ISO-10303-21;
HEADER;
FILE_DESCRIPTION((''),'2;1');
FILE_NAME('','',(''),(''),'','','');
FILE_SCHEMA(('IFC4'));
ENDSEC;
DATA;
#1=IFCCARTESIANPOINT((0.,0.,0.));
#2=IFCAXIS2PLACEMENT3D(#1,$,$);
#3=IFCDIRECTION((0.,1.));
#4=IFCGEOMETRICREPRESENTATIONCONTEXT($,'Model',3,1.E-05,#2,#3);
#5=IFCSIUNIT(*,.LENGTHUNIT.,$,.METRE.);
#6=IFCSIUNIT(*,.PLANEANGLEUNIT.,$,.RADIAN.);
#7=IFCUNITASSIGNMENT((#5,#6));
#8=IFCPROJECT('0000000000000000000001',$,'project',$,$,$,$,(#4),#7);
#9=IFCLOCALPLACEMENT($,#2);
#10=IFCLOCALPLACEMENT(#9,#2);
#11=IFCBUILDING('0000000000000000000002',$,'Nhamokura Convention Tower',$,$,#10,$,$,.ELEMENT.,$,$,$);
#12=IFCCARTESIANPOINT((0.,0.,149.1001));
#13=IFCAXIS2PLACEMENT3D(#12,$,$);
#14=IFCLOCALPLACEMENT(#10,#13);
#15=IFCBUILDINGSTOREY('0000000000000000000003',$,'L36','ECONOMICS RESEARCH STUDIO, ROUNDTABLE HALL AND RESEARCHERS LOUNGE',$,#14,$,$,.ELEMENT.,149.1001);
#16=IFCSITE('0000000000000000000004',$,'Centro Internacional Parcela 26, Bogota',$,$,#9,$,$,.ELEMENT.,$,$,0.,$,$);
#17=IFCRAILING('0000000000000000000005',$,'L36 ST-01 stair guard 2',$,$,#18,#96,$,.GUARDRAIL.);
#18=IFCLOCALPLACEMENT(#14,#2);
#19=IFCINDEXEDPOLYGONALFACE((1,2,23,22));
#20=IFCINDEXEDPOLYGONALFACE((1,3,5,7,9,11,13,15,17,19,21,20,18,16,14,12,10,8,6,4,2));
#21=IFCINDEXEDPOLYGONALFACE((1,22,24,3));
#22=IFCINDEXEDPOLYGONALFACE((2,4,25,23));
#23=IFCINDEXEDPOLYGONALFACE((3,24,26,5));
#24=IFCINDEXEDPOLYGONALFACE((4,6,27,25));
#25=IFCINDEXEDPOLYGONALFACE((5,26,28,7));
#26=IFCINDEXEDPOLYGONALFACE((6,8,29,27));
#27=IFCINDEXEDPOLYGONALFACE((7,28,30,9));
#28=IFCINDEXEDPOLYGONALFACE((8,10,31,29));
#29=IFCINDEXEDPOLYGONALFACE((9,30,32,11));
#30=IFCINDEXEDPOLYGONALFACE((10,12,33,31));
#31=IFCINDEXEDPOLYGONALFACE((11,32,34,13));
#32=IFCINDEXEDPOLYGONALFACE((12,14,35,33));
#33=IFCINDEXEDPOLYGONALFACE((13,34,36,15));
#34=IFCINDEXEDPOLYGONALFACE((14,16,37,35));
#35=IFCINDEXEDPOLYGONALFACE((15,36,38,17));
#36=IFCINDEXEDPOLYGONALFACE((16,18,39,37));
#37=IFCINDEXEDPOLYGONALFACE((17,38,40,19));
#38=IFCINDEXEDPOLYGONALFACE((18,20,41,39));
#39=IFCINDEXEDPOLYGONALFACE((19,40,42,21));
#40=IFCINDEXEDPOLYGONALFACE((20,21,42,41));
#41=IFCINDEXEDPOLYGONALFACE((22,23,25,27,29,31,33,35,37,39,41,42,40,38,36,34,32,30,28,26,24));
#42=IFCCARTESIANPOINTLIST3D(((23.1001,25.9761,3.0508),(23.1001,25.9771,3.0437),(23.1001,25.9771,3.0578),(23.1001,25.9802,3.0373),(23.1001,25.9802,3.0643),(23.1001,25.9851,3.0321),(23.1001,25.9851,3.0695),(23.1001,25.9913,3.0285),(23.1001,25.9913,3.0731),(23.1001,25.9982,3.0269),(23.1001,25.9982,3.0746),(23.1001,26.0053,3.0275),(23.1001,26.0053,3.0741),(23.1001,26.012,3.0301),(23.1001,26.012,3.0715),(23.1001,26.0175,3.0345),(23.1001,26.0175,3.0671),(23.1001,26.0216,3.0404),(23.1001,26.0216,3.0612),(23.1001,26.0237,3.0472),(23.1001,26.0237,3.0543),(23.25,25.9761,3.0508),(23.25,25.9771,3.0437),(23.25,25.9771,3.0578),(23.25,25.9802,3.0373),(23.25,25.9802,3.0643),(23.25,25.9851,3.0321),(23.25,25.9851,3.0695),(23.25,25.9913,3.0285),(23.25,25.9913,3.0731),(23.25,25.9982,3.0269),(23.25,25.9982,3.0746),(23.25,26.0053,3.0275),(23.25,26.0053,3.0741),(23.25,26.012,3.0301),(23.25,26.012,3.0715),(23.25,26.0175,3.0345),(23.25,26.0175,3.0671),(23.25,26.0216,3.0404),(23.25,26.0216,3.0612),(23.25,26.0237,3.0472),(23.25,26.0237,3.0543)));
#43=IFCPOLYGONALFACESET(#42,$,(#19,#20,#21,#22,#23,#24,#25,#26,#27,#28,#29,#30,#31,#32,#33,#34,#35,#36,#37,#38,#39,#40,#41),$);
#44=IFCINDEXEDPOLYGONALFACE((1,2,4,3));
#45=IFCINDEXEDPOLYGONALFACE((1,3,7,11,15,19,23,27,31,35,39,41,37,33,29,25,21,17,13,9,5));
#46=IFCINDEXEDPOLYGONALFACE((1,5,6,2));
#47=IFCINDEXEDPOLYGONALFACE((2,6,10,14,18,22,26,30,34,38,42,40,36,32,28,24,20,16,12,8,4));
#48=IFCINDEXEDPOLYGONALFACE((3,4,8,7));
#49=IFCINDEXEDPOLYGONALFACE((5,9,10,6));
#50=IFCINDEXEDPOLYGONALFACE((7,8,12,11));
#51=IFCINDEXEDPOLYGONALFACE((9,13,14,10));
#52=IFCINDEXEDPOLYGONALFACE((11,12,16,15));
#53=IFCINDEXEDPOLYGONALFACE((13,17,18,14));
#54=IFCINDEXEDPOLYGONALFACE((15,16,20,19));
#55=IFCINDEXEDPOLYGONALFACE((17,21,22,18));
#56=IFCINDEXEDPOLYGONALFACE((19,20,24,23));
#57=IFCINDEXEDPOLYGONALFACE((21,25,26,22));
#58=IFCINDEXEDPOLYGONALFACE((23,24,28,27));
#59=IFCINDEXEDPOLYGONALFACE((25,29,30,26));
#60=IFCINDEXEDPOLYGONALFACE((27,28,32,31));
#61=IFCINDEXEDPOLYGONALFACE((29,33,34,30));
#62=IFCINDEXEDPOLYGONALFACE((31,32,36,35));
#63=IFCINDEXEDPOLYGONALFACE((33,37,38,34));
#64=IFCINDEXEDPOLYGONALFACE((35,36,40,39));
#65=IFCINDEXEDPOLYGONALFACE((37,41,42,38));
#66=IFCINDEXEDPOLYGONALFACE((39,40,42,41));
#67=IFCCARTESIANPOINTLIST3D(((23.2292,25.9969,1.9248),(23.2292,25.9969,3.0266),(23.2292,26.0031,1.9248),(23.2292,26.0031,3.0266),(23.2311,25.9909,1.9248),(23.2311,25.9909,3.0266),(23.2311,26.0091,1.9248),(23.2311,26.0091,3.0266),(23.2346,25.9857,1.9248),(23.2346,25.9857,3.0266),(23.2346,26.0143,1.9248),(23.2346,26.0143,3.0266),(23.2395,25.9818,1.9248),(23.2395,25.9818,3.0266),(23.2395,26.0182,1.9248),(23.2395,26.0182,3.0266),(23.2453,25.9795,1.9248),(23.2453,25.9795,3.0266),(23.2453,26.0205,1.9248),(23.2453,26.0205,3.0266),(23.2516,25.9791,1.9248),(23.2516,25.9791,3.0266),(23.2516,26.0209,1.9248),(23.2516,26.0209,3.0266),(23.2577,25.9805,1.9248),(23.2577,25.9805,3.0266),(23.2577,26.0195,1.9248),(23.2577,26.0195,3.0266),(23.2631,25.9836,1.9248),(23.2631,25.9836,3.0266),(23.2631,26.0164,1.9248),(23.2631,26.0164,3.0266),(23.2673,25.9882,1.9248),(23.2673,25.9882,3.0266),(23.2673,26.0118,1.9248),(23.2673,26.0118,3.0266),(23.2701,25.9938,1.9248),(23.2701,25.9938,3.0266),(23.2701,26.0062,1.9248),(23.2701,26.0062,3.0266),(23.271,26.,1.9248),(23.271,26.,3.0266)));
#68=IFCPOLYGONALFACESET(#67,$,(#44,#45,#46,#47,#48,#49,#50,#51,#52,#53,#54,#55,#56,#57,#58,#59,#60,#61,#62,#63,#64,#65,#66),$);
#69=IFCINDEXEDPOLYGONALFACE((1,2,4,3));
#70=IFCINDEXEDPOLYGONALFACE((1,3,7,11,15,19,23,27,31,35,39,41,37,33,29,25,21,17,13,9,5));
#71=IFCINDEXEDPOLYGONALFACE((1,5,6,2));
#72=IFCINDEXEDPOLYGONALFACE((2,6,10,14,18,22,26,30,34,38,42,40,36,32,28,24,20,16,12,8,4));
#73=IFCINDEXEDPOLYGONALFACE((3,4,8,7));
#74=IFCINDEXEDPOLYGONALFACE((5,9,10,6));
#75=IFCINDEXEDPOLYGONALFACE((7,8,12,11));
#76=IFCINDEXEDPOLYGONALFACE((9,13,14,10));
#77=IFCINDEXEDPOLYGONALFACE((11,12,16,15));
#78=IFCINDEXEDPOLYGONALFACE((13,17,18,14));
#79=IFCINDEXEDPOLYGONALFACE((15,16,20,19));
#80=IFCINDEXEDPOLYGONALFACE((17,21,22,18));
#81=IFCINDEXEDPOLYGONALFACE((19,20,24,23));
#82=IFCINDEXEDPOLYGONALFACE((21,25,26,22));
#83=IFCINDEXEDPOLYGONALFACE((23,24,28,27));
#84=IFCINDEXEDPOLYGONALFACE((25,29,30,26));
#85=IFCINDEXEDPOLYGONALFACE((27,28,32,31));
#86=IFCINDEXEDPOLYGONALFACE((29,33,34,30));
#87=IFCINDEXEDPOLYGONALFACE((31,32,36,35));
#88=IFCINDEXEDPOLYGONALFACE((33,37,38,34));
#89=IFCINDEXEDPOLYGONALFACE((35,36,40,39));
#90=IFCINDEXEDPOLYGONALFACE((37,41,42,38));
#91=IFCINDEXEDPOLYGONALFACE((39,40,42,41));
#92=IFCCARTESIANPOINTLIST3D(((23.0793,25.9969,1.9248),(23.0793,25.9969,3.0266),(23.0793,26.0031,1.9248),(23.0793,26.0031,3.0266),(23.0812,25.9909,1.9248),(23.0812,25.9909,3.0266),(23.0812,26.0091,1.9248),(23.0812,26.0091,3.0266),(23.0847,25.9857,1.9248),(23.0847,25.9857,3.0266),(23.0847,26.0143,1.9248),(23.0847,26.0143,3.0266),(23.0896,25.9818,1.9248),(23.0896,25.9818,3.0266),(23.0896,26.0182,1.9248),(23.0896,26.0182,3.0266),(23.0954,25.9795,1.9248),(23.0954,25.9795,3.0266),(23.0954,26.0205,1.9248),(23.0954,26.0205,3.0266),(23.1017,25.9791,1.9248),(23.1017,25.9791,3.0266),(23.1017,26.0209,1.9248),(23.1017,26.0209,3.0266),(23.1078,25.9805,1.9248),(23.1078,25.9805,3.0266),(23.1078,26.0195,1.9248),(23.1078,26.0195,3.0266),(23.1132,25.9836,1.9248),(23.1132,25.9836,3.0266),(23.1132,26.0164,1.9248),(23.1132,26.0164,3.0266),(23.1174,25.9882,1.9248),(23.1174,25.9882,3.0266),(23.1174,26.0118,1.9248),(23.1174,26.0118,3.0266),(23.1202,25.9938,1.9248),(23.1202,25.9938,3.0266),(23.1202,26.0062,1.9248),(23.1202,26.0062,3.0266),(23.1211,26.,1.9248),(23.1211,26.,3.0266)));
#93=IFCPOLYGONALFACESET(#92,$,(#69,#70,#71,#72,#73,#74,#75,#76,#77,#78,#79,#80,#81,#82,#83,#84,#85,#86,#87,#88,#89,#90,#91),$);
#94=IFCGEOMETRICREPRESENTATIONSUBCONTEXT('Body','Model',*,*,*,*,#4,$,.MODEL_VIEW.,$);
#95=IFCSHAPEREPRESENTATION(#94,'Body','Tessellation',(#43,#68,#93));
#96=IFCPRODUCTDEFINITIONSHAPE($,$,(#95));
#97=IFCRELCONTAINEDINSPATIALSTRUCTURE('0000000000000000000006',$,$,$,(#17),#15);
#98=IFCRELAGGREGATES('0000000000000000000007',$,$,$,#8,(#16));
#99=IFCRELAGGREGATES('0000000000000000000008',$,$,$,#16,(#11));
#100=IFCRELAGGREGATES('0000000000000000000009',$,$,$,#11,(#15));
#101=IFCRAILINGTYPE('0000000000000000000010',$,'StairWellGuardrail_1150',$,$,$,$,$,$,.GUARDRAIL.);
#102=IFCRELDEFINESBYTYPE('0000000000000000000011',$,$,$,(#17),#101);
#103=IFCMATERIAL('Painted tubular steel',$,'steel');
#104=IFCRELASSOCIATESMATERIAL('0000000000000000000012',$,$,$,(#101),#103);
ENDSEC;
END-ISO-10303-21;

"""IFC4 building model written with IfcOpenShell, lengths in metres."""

from ifc_helpers import new_model, si_unit, direction, frame, origin, origin_2d, place, context, subcontext, project, spatial, circle, extrude, material, type_object, element, save


model = new_model("IFC4")

# Units and contexts
model_context = context("Model", 3, precision=1e-05, world=origin(), true_north=direction((0.0, 1.0)))
body_context = subcontext(model_context, "Body", "Model", "MODEL_VIEW")
ifc_project = project(units=[si_unit("LENGTHUNIT", "METRE"), si_unit("PLANEANGLEUNIT", "RADIAN")], contexts=[model_context])

# Site, building, storey
site_placement = place(None, origin())
site = spatial("IfcSite", under=ifc_project, at=site_placement, Name="Centro Internacional Parcela 26, Bogota", CompositionType="ELEMENT", RefElevation=0.0)
building_placement = place(site_placement, origin())
building = spatial("IfcBuilding", under=site, at=building_placement, Name="Nhamokura Convention Tower", CompositionType="ELEMENT")
storey_placement = place(building_placement, frame((0.0, 0.0, 149.1001)))
storey = spatial("IfcBuildingStorey", under=building, at=storey_placement, Name="L36", Description="ECONOMICS RESEARCH STUDIO, ROUNDTABLE HALL AND RESEARCHERS LOUNGE", CompositionType="ELEMENT", Elevation=149.1001)

# Railing
ifc_material_1 = material(Name="Painted tubular steel", Category="steel")
railing_type_1 = type_object("IfcRailingType", Name="StairWellGuardrail_1150", PredefinedType="GUARDRAIL", material=ifc_material_1)
railing_1_placement = place(storey_placement, frame((23.25, 26.0, 1.9248)))
element("IfcRailing", 1, at=railing_1_placement, inside=storey, type_object=railing_type_1, Name="L36 ST-01 stair guard 2", PredefinedType="GUARDRAIL", context=body_context, shape_type="SweptSolid", body=[
    extrude(circle(Radius=0.0239, at=origin_2d()), frame((0.0, 0.0, 1.126), z_axis=(-1.0, 0.0, 0.0), x_axis=(0.0, -1.0, 0.0)), (0.0, 0.0, 1.0), 0.1499),
    extrude(circle(Radius=0.021, at=origin_2d()), origin(), (0.0, 0.0, 1.0), 1.1018),
    extrude(circle(Radius=0.021, at=origin_2d()), frame((-0.1499, 0.0, 0.0)), (0.0, 0.0, 1.0), 1.1018),
])

save(model, "model.ifc")
